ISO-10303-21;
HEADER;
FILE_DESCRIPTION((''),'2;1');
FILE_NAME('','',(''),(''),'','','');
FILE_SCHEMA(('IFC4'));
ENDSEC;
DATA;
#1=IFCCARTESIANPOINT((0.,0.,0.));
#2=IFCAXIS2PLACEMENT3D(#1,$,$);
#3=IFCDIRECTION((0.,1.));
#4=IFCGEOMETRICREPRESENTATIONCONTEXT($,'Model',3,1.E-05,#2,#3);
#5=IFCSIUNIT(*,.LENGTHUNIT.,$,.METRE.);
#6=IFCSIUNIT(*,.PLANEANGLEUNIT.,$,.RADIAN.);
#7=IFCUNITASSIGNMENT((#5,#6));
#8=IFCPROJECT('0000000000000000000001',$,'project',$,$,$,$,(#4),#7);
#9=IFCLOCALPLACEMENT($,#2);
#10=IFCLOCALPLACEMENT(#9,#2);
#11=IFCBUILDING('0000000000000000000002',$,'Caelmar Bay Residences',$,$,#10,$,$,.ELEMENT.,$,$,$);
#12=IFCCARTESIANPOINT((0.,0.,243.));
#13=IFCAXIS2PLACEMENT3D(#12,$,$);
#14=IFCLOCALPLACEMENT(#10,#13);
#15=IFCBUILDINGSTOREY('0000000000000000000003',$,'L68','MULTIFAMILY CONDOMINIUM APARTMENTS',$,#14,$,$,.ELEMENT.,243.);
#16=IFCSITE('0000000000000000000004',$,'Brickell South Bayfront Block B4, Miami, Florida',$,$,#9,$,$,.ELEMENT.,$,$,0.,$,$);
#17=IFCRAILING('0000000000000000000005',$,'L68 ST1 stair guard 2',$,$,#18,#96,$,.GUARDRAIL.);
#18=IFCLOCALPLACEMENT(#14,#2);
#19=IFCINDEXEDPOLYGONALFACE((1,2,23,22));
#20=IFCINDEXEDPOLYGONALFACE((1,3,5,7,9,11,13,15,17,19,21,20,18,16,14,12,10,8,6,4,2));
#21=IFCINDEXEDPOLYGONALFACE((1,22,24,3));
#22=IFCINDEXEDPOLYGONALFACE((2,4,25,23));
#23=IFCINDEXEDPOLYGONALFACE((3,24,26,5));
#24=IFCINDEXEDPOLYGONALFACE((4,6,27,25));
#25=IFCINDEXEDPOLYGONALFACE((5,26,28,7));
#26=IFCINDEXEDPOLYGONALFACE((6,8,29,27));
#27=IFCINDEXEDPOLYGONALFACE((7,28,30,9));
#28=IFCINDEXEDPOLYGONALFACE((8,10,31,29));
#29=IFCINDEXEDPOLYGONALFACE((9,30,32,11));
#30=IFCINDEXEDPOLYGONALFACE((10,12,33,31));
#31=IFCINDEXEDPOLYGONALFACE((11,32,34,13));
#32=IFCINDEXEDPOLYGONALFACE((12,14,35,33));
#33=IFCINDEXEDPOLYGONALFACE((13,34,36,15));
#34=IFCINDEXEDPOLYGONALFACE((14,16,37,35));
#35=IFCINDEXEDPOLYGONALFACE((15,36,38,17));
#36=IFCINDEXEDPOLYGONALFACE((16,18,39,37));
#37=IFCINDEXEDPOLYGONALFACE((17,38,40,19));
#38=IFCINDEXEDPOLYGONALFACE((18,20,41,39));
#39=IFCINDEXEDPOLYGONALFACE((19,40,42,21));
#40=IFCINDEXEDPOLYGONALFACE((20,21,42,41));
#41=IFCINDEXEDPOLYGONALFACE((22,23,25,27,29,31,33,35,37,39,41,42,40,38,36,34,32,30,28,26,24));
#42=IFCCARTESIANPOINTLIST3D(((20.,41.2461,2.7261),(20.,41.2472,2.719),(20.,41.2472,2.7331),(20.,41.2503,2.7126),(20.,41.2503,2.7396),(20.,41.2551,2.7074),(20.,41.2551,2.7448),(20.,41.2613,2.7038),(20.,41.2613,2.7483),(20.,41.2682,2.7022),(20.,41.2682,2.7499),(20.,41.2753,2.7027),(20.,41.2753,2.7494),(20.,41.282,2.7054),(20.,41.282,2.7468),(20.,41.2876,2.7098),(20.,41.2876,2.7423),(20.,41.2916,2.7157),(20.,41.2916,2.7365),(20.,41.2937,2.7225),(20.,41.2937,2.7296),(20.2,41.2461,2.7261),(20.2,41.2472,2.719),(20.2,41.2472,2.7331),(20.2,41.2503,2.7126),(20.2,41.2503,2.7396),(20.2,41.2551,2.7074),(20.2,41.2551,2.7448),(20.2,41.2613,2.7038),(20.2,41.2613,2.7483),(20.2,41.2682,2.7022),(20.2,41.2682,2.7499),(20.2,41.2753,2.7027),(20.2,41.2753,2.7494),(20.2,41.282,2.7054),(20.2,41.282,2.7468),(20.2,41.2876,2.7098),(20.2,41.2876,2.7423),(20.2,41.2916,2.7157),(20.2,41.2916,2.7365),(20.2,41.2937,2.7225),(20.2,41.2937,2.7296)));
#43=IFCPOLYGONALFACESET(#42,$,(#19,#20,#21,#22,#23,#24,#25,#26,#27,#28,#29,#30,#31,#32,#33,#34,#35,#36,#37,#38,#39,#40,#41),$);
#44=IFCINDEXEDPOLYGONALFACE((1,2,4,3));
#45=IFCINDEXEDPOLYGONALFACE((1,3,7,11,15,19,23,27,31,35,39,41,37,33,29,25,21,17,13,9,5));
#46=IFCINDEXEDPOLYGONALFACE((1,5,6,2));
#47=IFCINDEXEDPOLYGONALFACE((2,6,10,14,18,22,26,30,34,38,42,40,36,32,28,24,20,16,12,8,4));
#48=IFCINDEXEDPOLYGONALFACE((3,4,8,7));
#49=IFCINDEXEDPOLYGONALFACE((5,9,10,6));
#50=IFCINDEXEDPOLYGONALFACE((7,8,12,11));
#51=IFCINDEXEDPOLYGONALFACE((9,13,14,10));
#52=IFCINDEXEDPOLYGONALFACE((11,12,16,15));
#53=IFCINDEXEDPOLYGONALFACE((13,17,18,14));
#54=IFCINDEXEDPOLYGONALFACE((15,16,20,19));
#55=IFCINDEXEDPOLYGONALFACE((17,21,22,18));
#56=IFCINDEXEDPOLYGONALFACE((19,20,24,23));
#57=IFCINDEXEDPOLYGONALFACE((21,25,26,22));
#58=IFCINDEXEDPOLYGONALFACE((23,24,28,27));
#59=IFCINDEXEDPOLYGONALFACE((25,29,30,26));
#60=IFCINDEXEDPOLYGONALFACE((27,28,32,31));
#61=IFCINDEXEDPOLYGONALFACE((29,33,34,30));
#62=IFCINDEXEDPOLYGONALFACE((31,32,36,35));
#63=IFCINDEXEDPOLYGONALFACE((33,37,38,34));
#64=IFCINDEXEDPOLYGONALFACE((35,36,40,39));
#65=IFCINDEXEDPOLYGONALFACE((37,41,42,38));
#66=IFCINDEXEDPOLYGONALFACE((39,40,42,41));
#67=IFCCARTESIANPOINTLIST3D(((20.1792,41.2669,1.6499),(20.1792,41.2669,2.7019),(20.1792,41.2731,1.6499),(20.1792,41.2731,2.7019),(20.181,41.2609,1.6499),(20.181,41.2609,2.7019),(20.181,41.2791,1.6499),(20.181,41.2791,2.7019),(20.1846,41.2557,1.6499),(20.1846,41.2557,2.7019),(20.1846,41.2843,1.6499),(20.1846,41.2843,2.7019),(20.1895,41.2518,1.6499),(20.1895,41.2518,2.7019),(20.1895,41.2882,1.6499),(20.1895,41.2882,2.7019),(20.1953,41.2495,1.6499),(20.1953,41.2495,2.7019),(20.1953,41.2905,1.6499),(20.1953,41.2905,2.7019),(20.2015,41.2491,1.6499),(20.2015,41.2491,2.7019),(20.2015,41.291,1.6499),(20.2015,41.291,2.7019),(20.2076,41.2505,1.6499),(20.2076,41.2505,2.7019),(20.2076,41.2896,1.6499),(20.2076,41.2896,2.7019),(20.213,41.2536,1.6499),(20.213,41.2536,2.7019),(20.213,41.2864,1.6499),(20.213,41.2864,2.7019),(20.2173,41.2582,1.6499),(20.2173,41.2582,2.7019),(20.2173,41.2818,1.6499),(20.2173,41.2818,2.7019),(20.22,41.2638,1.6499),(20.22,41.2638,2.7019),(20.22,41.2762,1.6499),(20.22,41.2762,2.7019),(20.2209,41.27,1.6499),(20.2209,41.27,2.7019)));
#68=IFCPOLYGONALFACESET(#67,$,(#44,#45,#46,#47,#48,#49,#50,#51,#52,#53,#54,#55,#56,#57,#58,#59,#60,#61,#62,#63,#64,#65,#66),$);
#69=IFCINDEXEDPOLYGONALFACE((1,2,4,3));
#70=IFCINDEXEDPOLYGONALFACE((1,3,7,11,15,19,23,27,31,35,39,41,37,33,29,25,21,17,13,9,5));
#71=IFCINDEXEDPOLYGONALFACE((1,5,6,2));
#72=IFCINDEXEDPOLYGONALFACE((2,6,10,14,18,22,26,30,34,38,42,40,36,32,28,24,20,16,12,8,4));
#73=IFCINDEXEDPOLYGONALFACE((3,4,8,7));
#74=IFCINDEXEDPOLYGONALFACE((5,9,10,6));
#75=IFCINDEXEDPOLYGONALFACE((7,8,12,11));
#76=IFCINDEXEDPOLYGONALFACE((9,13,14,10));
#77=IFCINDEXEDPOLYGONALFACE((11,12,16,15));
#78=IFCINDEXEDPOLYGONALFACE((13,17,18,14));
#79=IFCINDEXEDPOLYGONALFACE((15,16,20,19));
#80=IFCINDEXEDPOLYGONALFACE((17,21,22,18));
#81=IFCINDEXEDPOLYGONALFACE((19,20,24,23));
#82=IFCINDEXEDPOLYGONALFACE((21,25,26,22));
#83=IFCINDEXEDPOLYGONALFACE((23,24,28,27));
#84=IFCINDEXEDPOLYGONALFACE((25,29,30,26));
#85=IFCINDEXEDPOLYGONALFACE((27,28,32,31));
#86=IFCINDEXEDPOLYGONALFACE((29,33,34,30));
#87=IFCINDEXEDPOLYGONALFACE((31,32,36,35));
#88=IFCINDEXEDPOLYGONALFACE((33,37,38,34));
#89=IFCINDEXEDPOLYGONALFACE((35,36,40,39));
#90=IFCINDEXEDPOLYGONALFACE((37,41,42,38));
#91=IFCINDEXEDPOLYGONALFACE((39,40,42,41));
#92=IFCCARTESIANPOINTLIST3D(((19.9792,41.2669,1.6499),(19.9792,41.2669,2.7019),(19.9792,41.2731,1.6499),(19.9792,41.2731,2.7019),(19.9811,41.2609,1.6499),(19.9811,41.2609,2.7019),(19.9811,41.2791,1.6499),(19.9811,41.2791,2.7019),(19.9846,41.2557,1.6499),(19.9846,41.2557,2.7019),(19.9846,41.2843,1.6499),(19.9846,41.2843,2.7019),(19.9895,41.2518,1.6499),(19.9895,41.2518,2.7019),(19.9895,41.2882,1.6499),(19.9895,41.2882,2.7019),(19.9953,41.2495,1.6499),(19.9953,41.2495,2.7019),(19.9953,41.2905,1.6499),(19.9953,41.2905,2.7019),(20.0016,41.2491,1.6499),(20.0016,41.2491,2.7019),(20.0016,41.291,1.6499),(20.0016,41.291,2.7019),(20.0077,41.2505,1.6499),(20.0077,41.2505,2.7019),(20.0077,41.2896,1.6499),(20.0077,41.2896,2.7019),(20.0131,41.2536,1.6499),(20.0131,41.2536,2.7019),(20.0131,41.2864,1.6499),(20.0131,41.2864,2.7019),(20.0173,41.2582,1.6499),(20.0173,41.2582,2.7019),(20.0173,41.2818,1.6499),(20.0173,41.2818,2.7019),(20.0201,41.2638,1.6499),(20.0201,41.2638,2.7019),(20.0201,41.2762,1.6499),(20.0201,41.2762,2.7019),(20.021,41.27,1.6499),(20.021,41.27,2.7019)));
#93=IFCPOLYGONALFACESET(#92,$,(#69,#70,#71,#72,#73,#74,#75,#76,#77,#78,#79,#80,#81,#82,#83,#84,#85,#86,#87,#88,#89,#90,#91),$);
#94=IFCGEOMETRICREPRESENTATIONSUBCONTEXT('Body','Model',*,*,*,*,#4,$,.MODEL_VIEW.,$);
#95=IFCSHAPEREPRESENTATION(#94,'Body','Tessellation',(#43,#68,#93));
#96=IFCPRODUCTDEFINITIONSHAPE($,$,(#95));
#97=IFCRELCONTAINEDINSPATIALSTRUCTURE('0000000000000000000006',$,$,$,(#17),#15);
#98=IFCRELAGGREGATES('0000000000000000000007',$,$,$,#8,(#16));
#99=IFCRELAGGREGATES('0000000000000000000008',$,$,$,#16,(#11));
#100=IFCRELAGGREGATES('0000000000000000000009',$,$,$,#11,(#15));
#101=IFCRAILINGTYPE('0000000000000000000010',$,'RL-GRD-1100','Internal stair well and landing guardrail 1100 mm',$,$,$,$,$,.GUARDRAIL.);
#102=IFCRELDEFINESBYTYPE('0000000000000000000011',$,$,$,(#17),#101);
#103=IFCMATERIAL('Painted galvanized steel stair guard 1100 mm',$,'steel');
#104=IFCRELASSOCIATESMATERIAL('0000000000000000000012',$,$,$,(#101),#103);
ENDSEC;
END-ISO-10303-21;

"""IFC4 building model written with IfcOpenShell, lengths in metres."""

from ifc_helpers import new_model, si_unit, direction, frame, origin, origin_2d, place, context, subcontext, project, spatial, circle, extrude, material, type_object, element, save


model = new_model("IFC4")

# Units and contexts
model_context = context("Model", 3, precision=1e-05, world=origin(), true_north=direction((0.0, 1.0)))
body_context = subcontext(model_context, "Body", "Model", "MODEL_VIEW")
ifc_project = project(units=[si_unit("LENGTHUNIT", "METRE"), si_unit("PLANEANGLEUNIT", "RADIAN")], contexts=[model_context])

# Site, building, storey
site_placement = place(None, origin())
site = spatial("IfcSite", under=ifc_project, at=site_placement, Name="Brickell South Bayfront Block B4, Miami, Florida", CompositionType="ELEMENT", RefElevation=0.0)
building_placement = place(site_placement, origin())
building = spatial("IfcBuilding", under=site, at=building_placement, Name="Caelmar Bay Residences", CompositionType="ELEMENT")
storey_placement = place(building_placement, frame((0.0, 0.0, 243.0)))
storey = spatial("IfcBuildingStorey", under=building, at=storey_placement, Name="L68", Description="MULTIFAMILY CONDOMINIUM APARTMENTS", CompositionType="ELEMENT", Elevation=243.0)

# Railing
ifc_material_1 = material(Name="Painted galvanized steel stair guard 1100 mm", Category="steel")
railing_type_1 = type_object("IfcRailingType", Name="RL-GRD-1100", Description="Internal stair well and landing guardrail 1100 mm", PredefinedType="GUARDRAIL", material=ifc_material_1)
railing_1_placement = place(storey_placement, frame((20.2, 41.27, 1.6499)))
element("IfcRailing", 1, at=railing_1_placement, inside=storey, type_object=railing_type_1, Name="L68 ST1 stair guard 2", PredefinedType="GUARDRAIL", context=body_context, shape_type="SweptSolid", body=[
    extrude(circle(Radius=0.0239, at=origin_2d()), frame((0.0, 0.0, 1.0762), z_axis=(-1.0, 0.0, 0.0), x_axis=(0.0, -1.0, 0.0)), (0.0, 0.0, 1.0), 0.2),
    extrude(circle(Radius=0.021, at=origin_2d()), origin(), (0.0, 0.0, 1.0), 1.052),
    extrude(circle(Radius=0.021, at=origin_2d()), frame((-0.2, 0.0, 0.0)), (0.0, 0.0, 1.0), 1.052),
])

save(model, "model.ifc")
